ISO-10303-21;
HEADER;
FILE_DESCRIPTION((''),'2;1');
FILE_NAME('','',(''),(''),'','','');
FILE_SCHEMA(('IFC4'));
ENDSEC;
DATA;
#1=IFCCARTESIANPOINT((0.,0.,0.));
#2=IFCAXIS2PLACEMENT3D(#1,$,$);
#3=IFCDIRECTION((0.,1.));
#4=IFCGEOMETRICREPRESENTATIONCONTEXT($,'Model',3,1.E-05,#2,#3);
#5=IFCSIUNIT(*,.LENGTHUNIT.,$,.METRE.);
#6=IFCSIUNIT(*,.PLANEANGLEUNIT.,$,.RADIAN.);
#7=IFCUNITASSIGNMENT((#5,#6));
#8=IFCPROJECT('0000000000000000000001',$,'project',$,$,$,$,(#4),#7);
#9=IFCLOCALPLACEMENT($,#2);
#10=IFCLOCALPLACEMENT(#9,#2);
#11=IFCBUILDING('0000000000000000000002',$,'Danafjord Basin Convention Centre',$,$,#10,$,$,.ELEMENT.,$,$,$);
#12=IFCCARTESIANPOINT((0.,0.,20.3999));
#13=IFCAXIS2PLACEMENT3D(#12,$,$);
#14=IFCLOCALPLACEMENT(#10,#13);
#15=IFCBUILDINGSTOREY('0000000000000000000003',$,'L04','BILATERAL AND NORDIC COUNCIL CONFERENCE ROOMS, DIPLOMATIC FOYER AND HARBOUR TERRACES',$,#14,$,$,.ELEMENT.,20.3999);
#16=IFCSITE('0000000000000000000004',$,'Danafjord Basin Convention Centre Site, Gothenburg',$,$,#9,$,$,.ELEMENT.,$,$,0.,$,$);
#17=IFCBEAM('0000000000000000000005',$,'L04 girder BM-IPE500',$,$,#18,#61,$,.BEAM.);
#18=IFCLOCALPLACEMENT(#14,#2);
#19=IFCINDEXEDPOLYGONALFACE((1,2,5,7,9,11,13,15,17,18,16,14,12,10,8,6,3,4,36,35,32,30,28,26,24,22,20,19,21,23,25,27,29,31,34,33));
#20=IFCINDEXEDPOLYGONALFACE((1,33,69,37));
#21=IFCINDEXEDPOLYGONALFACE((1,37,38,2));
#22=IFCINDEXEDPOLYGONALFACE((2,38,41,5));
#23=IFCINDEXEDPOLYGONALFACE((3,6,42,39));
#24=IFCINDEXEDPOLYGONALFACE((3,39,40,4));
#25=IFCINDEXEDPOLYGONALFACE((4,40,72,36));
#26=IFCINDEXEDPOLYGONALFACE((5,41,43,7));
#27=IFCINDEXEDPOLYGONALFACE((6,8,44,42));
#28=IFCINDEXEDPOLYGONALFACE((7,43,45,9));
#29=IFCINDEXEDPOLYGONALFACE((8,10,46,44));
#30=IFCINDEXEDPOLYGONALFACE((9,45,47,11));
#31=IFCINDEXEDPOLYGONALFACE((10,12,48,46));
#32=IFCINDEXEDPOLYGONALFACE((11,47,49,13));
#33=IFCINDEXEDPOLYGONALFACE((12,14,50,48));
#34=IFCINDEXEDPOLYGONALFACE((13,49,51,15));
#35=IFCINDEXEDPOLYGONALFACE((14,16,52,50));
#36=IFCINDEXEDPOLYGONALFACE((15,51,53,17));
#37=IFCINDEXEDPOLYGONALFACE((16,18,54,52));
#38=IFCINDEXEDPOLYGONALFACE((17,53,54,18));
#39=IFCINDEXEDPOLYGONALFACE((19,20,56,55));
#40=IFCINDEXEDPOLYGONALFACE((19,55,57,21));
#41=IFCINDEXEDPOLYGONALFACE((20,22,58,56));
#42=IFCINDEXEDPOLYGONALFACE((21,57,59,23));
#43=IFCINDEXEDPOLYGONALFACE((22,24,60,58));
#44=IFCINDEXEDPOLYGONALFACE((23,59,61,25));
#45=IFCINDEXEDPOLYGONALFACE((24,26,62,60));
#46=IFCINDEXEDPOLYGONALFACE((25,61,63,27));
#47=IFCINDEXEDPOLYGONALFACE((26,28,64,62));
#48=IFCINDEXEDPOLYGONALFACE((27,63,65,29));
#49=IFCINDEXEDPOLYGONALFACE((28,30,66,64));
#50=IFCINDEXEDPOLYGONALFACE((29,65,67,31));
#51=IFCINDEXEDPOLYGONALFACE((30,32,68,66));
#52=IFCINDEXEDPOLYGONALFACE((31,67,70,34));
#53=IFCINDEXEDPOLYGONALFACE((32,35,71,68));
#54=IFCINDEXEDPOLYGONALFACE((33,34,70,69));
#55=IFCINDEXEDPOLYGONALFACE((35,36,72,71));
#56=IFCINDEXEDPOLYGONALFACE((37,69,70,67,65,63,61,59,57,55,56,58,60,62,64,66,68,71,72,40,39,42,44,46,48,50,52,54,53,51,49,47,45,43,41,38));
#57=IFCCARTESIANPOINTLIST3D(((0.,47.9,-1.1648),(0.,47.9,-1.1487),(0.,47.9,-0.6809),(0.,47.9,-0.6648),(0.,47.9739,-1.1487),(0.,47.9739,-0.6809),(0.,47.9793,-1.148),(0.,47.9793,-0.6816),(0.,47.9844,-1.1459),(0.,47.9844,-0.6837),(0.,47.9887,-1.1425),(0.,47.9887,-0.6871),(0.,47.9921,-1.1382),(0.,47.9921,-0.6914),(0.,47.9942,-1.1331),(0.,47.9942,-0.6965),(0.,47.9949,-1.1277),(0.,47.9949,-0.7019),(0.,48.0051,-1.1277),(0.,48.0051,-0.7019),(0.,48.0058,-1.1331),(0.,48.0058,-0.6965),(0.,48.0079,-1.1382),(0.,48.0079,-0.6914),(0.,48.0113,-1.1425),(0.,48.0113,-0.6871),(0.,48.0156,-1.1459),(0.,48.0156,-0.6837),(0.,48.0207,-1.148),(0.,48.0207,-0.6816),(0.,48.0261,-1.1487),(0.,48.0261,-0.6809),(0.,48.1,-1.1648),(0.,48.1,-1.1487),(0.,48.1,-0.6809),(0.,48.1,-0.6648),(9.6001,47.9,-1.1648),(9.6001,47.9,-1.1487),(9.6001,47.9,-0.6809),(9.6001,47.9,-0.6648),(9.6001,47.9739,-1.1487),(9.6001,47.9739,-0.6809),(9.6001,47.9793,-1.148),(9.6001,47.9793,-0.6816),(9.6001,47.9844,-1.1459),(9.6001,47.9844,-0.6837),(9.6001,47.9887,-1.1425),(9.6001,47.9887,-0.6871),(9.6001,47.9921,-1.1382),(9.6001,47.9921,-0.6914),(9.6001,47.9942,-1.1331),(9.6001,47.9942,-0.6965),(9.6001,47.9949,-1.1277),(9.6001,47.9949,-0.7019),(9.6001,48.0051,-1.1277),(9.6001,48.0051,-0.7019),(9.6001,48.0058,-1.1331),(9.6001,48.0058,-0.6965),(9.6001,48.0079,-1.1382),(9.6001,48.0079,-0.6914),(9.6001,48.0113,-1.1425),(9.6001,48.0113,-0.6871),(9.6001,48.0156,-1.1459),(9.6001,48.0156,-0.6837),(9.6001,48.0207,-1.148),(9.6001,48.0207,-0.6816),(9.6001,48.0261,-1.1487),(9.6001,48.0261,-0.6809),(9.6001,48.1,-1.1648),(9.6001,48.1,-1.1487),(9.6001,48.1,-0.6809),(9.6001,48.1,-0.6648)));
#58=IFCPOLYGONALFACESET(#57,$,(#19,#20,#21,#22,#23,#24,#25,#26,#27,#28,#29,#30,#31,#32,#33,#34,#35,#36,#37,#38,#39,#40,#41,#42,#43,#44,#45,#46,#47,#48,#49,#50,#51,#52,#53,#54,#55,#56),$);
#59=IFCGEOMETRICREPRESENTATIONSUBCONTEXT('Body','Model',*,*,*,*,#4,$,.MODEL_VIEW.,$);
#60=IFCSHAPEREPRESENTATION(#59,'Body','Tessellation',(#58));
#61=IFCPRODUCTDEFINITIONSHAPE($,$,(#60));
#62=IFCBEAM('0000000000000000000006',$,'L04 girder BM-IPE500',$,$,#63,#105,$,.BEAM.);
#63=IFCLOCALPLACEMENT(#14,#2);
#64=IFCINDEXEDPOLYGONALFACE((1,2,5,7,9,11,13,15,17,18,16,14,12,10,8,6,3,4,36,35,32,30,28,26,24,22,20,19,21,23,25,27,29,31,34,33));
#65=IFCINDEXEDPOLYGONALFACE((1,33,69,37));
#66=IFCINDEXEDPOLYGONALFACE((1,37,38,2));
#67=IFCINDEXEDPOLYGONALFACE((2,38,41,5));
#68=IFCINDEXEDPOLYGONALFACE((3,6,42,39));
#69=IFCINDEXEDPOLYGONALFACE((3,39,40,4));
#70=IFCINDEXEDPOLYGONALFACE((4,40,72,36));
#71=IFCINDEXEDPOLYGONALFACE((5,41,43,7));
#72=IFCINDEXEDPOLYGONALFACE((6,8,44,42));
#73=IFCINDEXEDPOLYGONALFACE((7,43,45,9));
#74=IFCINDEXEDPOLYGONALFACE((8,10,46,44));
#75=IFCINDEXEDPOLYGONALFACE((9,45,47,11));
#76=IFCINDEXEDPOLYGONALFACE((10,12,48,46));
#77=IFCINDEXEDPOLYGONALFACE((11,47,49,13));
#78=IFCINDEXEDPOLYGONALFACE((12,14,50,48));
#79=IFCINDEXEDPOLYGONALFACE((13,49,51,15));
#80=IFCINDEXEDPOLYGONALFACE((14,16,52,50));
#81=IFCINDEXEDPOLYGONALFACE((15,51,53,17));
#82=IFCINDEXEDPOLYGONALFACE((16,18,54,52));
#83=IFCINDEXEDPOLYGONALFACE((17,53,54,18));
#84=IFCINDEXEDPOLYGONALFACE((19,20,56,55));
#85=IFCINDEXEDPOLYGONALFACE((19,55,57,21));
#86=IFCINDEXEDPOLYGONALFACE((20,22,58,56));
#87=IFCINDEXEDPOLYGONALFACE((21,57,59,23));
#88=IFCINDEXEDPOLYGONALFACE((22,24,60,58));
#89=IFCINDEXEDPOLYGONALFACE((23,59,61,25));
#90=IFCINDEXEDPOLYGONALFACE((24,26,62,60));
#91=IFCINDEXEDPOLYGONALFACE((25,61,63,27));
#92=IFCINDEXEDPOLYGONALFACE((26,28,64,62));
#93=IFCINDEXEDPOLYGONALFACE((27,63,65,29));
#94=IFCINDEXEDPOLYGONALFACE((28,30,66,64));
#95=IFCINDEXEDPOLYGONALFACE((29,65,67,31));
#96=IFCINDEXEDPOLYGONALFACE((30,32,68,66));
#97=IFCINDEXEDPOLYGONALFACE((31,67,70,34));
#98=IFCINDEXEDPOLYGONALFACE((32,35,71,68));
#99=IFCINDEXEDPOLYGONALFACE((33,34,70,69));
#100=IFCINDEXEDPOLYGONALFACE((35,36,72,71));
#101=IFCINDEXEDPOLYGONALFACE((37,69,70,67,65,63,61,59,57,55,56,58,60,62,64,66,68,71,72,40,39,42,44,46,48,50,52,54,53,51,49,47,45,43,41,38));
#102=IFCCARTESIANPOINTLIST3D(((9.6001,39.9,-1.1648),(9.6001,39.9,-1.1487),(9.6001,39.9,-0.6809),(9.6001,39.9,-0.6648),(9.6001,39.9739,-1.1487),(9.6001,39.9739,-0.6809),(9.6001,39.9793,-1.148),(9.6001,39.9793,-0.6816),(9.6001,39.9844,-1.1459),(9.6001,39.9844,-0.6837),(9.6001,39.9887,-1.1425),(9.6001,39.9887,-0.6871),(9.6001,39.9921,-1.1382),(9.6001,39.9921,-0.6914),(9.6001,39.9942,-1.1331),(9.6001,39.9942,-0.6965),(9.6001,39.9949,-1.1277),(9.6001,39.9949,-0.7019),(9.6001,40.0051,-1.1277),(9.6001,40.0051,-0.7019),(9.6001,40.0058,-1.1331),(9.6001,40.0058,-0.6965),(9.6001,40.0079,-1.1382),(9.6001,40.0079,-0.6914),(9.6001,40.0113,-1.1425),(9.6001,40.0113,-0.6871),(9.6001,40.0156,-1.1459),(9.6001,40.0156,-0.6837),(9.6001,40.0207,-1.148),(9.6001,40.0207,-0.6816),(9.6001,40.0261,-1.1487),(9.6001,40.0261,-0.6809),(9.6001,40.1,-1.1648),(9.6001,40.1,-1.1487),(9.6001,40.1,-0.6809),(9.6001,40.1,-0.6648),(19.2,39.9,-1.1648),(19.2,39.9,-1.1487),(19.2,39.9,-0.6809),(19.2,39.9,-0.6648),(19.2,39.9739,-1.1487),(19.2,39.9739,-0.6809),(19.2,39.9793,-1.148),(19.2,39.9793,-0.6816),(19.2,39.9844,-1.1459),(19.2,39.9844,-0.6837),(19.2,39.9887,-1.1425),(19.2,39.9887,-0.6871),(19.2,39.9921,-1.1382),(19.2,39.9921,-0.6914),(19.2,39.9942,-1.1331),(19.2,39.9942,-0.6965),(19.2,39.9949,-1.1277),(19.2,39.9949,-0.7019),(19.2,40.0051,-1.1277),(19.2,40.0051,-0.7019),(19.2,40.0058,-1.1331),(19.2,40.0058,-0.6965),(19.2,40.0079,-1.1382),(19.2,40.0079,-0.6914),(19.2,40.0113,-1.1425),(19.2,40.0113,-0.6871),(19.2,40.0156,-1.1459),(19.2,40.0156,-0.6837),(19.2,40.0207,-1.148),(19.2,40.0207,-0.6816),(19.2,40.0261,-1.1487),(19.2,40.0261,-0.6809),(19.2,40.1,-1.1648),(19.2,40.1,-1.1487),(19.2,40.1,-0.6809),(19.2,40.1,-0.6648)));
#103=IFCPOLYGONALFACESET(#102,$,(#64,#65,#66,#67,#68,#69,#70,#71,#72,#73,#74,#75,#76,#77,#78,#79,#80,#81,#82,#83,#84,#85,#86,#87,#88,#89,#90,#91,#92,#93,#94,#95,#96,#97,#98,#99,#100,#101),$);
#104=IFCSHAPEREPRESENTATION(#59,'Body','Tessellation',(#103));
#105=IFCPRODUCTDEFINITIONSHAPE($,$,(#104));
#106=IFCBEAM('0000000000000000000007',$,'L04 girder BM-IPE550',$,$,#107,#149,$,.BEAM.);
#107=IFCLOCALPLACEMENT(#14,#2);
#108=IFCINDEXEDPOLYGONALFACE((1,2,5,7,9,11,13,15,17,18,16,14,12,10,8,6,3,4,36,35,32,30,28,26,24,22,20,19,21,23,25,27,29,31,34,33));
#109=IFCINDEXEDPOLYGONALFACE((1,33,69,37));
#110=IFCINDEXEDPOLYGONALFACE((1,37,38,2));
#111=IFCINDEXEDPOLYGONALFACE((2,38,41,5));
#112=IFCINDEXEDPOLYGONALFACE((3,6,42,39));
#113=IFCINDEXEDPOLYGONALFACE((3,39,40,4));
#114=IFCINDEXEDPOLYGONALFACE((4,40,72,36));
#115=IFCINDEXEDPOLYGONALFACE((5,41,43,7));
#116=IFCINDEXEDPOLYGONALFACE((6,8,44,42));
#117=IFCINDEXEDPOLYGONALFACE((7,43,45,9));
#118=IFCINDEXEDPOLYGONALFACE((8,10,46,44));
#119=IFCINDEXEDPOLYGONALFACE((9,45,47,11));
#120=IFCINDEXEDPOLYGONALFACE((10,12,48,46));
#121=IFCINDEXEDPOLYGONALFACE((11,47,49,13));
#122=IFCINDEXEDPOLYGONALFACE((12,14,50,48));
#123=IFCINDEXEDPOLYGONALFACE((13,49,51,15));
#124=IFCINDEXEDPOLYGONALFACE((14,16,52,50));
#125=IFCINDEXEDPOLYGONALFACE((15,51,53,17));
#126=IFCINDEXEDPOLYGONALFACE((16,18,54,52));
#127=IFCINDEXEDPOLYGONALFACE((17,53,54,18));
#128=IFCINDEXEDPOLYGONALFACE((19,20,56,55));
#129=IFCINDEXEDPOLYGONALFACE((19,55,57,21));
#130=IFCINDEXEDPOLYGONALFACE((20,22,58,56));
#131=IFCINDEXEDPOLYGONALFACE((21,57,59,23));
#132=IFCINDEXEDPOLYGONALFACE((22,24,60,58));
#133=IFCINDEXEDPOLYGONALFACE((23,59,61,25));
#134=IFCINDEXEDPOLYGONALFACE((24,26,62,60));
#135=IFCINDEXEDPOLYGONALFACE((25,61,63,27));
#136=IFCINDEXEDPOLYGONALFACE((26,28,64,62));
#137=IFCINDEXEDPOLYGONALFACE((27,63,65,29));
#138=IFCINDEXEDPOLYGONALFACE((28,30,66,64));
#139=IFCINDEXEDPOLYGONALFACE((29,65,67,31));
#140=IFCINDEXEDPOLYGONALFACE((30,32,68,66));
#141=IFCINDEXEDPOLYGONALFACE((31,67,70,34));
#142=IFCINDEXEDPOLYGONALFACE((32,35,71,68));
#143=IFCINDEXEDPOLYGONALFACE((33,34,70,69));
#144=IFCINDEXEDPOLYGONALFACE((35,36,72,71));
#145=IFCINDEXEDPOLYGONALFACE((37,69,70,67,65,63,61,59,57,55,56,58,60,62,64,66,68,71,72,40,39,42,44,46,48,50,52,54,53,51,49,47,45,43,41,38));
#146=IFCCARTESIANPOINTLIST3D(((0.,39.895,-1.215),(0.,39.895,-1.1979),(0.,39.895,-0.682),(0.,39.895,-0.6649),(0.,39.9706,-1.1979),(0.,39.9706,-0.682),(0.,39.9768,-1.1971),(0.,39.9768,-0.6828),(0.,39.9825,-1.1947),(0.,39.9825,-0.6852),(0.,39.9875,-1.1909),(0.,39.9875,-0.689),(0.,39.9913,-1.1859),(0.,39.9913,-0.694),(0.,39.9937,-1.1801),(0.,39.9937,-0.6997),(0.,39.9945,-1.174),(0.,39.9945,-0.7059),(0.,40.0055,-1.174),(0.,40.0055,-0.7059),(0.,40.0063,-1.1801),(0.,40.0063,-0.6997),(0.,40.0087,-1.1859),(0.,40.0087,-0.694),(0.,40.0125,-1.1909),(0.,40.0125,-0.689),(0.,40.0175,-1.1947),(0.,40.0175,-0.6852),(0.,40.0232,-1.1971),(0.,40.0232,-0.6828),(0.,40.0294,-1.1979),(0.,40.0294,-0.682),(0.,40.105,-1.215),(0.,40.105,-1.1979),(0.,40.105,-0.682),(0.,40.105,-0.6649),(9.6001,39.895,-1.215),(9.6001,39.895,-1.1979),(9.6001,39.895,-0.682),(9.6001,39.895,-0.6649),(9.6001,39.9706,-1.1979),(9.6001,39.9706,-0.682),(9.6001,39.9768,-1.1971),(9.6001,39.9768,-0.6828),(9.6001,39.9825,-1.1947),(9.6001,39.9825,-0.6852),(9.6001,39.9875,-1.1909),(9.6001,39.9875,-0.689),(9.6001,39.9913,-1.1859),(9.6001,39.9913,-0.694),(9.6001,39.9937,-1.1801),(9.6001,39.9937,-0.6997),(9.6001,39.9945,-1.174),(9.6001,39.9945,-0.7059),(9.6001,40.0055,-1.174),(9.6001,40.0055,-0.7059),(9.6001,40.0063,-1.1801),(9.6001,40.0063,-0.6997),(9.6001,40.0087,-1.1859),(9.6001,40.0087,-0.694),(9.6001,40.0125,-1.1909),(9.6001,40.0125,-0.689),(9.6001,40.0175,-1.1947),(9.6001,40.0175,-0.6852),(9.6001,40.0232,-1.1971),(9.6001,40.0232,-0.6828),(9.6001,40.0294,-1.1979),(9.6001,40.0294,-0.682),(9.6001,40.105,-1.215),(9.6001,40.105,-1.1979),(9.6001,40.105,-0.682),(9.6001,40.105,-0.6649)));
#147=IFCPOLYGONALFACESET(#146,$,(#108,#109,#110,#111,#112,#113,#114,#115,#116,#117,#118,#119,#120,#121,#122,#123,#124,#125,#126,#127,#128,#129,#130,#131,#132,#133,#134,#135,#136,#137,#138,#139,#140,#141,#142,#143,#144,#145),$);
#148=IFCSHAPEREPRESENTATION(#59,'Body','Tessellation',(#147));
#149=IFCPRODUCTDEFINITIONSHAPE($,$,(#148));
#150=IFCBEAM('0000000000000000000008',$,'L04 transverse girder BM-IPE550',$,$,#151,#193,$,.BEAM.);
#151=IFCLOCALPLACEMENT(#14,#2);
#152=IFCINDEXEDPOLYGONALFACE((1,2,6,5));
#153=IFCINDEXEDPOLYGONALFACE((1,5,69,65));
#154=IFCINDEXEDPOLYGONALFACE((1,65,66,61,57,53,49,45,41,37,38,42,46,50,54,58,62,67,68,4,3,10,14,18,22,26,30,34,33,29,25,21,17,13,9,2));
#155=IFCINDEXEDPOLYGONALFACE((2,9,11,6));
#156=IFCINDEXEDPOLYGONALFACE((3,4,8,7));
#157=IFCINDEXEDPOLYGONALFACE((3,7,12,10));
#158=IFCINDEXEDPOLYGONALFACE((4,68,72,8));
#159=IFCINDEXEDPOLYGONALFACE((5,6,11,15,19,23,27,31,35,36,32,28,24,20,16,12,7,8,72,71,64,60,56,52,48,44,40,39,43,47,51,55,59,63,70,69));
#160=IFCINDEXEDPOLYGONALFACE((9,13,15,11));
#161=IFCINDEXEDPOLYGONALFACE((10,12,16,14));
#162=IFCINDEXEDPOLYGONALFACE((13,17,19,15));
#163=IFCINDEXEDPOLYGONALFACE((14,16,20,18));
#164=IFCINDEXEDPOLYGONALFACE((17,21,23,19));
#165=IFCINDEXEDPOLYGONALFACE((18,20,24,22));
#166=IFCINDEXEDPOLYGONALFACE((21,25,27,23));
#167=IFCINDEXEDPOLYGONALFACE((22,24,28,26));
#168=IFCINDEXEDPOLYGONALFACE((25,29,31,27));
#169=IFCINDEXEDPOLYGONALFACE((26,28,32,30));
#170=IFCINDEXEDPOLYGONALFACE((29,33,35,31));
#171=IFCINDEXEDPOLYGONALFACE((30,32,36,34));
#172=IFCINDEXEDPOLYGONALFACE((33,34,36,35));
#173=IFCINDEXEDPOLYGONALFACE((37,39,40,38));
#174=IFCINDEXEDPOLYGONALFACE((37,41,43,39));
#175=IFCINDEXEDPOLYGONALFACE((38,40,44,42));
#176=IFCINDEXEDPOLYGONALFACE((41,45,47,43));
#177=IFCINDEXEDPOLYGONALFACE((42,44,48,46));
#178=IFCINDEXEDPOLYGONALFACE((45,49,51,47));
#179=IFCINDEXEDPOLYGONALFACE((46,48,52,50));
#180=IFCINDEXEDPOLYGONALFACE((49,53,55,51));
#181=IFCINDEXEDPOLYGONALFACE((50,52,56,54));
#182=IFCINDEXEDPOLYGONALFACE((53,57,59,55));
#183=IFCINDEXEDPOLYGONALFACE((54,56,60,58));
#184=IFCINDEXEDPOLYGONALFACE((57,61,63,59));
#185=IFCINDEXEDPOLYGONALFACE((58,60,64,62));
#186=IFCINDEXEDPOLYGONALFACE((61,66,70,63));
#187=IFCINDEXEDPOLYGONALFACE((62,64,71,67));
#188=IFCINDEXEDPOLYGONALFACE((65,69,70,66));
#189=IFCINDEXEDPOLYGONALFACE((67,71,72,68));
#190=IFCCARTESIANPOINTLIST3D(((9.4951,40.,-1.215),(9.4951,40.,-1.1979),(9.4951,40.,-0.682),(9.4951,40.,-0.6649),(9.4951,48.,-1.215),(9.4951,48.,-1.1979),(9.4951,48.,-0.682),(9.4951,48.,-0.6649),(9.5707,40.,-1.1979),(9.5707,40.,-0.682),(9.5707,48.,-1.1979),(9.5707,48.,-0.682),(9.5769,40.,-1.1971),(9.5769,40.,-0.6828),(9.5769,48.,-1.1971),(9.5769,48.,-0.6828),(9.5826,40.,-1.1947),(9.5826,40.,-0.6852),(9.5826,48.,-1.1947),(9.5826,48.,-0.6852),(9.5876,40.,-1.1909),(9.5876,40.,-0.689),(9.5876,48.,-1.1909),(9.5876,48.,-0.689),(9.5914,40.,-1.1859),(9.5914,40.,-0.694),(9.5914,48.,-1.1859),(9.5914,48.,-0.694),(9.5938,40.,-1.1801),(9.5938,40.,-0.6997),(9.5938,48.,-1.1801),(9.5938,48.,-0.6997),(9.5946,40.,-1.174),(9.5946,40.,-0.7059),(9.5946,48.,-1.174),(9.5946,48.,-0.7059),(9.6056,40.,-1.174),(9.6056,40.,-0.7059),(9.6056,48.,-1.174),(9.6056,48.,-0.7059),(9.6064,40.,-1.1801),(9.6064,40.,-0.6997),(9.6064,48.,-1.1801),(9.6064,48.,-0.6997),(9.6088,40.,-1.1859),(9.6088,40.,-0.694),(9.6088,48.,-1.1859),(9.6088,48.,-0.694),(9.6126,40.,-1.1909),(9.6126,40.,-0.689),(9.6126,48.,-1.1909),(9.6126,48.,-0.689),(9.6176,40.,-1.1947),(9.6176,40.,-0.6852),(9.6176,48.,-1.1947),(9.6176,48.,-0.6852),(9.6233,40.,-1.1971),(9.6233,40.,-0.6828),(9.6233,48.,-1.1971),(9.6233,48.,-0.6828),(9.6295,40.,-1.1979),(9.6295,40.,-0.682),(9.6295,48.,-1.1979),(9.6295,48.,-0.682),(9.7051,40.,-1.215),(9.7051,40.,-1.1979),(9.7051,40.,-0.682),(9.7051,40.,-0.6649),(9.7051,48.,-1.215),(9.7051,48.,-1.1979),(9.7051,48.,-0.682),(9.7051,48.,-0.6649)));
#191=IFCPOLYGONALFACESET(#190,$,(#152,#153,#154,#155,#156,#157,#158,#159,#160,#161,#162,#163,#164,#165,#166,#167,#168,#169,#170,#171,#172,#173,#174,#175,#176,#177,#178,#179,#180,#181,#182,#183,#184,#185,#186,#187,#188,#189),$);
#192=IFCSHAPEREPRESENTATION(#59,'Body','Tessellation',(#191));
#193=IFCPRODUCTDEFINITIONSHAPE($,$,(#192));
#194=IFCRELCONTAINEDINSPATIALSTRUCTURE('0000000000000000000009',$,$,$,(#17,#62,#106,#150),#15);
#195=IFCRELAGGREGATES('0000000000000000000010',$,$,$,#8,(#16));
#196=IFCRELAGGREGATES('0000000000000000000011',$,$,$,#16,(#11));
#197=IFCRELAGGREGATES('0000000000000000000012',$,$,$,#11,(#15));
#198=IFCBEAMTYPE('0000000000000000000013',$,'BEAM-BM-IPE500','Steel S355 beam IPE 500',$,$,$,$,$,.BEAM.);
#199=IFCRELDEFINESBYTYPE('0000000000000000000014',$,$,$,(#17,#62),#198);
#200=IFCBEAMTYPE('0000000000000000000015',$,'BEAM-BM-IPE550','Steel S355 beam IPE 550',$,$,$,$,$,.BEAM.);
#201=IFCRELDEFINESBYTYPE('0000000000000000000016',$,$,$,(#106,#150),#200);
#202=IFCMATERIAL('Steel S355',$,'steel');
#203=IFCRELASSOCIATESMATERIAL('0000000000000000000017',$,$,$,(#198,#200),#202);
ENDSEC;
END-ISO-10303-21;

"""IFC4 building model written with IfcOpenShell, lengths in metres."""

from ifc_helpers import new_model, si_unit, direction, frame, origin, origin_2d, place, context, subcontext, project, spatial, i_section, extrude, material, material_profile, profile_set, type_object, element, save


model = new_model("IFC4")

# Units and contexts
model_context = context("Model", 3, precision=1e-05, world=origin(), true_north=direction((0.0, 1.0)))
body_context = subcontext(model_context, "Body", "Model", "MODEL_VIEW")
ifc_project = project(units=[si_unit("LENGTHUNIT", "METRE"), si_unit("PLANEANGLEUNIT", "RADIAN")], contexts=[model_context])

# Site, building, storey
site_placement = place(None, origin())
site = spatial("IfcSite", under=ifc_project, at=site_placement, Name="Danafjord Basin Convention Centre Site, Gothenburg", CompositionType="ELEMENT", RefElevation=0.0)
building_placement = place(site_placement, origin())
building = spatial("IfcBuilding", under=site, at=building_placement, Name="Danafjord Basin Convention Centre", CompositionType="ELEMENT")
storey_placement = place(building_placement, frame((0.0, 0.0, 20.3999)))
storey = spatial("IfcBuildingStorey", under=building, at=storey_placement, Name="L04", Description="BILATERAL AND NORDIC COUNCIL CONFERENCE ROOMS, DIPLOMATIC FOYER AND HARBOUR TERRACES", CompositionType="ELEMENT", Elevation=20.3999)

# Shared definitions
ifc_material_1 = material(Name="Steel S355", Category="steel")

# Beams
ifc_material_profile_1 = material_profile(ifc_material_1, i_section(OverallWidth=0.2, OverallDepth=0.5, WebThickness=0.0103, FlangeThickness=0.0161, FilletRadius=0.021, at=origin_2d()), Name="IPE 500")
ifc_profile_set_1 = profile_set([ifc_material_profile_1], Name="Steel S355")
beam_type_1 = type_object("IfcBeamType", Name="BEAM-BM-IPE500", Description="Steel S355 beam IPE 500", PredefinedType="BEAM", material=ifc_profile_set_1)
beam_1_placement = place(storey_placement, frame((0.0, 48.0, -0.9148), z_axis=(1.0, 0.0, 0.0), x_axis=(0.0, 1.0, 0.0)))
element("IfcBeam", 1, at=beam_1_placement, inside=storey, type_object=beam_type_1, Name="L04 girder BM-IPE500", PredefinedType="BEAM", context=body_context, shape_type="SweptSolid", body=[
    extrude(i_section(OverallWidth=0.2, OverallDepth=0.5, WebThickness=0.0103, FlangeThickness=0.0161, FilletRadius=0.021, at=origin_2d()), origin(), (0.0, 0.0, 1.0), 9.6001),
])
beam_2_placement = place(storey_placement, frame((9.6001, 40.0, -0.9148), z_axis=(1.0, 0.0, 0.0), x_axis=(0.0, 1.0, 0.0)))
element("IfcBeam", 2, at=beam_2_placement, inside=storey, type_object=beam_type_1, Name="L04 girder BM-IPE500", PredefinedType="BEAM", context=body_context, shape_type="SweptSolid", body=[
    extrude(i_section(OverallWidth=0.2, OverallDepth=0.5, WebThickness=0.0103, FlangeThickness=0.0161, FilletRadius=0.021, at=origin_2d()), origin(), (0.0, 0.0, 1.0), 9.5999),
])
ifc_material_profile_2 = material_profile(ifc_material_1, i_section(OverallWidth=0.21, OverallDepth=0.55, WebThickness=0.011, FlangeThickness=0.0171, FilletRadius=0.0239, at=origin_2d()), Name="IPE 550")
ifc_profile_set_2 = profile_set([ifc_material_profile_2], Name="Steel S355")
beam_type_2 = type_object("IfcBeamType", Name="BEAM-BM-IPE550", Description="Steel S355 beam IPE 550", PredefinedType="BEAM", material=ifc_profile_set_2)
beam_3_placement = place(storey_placement, frame((0.0, 40.0, -0.9399), z_axis=(1.0, 0.0, 0.0), x_axis=(0.0, 1.0, 0.0)))
element("IfcBeam", 3, at=beam_3_placement, inside=storey, type_object=beam_type_2, Name="L04 girder BM-IPE550", PredefinedType="BEAM", context=body_context, shape_type="SweptSolid", body=[
    extrude(i_section(OverallWidth=0.21, OverallDepth=0.55, WebThickness=0.011, FlangeThickness=0.0171, FilletRadius=0.0239, at=origin_2d()), origin(), (0.0, 0.0, 1.0), 9.6001),
])
beam_4_placement = place(storey_placement, frame((9.6001, 40.0, -0.9399), z_axis=(0.0, 1.0, 0.0), x_axis=(-1.0, 0.0, 0.0)))
element("IfcBeam", 4, at=beam_4_placement, inside=storey, type_object=beam_type_2, Name="L04 transverse girder BM-IPE550", PredefinedType="BEAM", context=body_context, shape_type="SweptSolid", body=[
    extrude(i_section(OverallWidth=0.21, OverallDepth=0.55, WebThickness=0.011, FlangeThickness=0.0171, FilletRadius=0.0239, at=origin_2d()), origin(), (0.0, 0.0, 1.0), 8.0),
])

save(model, "model.ifc")
